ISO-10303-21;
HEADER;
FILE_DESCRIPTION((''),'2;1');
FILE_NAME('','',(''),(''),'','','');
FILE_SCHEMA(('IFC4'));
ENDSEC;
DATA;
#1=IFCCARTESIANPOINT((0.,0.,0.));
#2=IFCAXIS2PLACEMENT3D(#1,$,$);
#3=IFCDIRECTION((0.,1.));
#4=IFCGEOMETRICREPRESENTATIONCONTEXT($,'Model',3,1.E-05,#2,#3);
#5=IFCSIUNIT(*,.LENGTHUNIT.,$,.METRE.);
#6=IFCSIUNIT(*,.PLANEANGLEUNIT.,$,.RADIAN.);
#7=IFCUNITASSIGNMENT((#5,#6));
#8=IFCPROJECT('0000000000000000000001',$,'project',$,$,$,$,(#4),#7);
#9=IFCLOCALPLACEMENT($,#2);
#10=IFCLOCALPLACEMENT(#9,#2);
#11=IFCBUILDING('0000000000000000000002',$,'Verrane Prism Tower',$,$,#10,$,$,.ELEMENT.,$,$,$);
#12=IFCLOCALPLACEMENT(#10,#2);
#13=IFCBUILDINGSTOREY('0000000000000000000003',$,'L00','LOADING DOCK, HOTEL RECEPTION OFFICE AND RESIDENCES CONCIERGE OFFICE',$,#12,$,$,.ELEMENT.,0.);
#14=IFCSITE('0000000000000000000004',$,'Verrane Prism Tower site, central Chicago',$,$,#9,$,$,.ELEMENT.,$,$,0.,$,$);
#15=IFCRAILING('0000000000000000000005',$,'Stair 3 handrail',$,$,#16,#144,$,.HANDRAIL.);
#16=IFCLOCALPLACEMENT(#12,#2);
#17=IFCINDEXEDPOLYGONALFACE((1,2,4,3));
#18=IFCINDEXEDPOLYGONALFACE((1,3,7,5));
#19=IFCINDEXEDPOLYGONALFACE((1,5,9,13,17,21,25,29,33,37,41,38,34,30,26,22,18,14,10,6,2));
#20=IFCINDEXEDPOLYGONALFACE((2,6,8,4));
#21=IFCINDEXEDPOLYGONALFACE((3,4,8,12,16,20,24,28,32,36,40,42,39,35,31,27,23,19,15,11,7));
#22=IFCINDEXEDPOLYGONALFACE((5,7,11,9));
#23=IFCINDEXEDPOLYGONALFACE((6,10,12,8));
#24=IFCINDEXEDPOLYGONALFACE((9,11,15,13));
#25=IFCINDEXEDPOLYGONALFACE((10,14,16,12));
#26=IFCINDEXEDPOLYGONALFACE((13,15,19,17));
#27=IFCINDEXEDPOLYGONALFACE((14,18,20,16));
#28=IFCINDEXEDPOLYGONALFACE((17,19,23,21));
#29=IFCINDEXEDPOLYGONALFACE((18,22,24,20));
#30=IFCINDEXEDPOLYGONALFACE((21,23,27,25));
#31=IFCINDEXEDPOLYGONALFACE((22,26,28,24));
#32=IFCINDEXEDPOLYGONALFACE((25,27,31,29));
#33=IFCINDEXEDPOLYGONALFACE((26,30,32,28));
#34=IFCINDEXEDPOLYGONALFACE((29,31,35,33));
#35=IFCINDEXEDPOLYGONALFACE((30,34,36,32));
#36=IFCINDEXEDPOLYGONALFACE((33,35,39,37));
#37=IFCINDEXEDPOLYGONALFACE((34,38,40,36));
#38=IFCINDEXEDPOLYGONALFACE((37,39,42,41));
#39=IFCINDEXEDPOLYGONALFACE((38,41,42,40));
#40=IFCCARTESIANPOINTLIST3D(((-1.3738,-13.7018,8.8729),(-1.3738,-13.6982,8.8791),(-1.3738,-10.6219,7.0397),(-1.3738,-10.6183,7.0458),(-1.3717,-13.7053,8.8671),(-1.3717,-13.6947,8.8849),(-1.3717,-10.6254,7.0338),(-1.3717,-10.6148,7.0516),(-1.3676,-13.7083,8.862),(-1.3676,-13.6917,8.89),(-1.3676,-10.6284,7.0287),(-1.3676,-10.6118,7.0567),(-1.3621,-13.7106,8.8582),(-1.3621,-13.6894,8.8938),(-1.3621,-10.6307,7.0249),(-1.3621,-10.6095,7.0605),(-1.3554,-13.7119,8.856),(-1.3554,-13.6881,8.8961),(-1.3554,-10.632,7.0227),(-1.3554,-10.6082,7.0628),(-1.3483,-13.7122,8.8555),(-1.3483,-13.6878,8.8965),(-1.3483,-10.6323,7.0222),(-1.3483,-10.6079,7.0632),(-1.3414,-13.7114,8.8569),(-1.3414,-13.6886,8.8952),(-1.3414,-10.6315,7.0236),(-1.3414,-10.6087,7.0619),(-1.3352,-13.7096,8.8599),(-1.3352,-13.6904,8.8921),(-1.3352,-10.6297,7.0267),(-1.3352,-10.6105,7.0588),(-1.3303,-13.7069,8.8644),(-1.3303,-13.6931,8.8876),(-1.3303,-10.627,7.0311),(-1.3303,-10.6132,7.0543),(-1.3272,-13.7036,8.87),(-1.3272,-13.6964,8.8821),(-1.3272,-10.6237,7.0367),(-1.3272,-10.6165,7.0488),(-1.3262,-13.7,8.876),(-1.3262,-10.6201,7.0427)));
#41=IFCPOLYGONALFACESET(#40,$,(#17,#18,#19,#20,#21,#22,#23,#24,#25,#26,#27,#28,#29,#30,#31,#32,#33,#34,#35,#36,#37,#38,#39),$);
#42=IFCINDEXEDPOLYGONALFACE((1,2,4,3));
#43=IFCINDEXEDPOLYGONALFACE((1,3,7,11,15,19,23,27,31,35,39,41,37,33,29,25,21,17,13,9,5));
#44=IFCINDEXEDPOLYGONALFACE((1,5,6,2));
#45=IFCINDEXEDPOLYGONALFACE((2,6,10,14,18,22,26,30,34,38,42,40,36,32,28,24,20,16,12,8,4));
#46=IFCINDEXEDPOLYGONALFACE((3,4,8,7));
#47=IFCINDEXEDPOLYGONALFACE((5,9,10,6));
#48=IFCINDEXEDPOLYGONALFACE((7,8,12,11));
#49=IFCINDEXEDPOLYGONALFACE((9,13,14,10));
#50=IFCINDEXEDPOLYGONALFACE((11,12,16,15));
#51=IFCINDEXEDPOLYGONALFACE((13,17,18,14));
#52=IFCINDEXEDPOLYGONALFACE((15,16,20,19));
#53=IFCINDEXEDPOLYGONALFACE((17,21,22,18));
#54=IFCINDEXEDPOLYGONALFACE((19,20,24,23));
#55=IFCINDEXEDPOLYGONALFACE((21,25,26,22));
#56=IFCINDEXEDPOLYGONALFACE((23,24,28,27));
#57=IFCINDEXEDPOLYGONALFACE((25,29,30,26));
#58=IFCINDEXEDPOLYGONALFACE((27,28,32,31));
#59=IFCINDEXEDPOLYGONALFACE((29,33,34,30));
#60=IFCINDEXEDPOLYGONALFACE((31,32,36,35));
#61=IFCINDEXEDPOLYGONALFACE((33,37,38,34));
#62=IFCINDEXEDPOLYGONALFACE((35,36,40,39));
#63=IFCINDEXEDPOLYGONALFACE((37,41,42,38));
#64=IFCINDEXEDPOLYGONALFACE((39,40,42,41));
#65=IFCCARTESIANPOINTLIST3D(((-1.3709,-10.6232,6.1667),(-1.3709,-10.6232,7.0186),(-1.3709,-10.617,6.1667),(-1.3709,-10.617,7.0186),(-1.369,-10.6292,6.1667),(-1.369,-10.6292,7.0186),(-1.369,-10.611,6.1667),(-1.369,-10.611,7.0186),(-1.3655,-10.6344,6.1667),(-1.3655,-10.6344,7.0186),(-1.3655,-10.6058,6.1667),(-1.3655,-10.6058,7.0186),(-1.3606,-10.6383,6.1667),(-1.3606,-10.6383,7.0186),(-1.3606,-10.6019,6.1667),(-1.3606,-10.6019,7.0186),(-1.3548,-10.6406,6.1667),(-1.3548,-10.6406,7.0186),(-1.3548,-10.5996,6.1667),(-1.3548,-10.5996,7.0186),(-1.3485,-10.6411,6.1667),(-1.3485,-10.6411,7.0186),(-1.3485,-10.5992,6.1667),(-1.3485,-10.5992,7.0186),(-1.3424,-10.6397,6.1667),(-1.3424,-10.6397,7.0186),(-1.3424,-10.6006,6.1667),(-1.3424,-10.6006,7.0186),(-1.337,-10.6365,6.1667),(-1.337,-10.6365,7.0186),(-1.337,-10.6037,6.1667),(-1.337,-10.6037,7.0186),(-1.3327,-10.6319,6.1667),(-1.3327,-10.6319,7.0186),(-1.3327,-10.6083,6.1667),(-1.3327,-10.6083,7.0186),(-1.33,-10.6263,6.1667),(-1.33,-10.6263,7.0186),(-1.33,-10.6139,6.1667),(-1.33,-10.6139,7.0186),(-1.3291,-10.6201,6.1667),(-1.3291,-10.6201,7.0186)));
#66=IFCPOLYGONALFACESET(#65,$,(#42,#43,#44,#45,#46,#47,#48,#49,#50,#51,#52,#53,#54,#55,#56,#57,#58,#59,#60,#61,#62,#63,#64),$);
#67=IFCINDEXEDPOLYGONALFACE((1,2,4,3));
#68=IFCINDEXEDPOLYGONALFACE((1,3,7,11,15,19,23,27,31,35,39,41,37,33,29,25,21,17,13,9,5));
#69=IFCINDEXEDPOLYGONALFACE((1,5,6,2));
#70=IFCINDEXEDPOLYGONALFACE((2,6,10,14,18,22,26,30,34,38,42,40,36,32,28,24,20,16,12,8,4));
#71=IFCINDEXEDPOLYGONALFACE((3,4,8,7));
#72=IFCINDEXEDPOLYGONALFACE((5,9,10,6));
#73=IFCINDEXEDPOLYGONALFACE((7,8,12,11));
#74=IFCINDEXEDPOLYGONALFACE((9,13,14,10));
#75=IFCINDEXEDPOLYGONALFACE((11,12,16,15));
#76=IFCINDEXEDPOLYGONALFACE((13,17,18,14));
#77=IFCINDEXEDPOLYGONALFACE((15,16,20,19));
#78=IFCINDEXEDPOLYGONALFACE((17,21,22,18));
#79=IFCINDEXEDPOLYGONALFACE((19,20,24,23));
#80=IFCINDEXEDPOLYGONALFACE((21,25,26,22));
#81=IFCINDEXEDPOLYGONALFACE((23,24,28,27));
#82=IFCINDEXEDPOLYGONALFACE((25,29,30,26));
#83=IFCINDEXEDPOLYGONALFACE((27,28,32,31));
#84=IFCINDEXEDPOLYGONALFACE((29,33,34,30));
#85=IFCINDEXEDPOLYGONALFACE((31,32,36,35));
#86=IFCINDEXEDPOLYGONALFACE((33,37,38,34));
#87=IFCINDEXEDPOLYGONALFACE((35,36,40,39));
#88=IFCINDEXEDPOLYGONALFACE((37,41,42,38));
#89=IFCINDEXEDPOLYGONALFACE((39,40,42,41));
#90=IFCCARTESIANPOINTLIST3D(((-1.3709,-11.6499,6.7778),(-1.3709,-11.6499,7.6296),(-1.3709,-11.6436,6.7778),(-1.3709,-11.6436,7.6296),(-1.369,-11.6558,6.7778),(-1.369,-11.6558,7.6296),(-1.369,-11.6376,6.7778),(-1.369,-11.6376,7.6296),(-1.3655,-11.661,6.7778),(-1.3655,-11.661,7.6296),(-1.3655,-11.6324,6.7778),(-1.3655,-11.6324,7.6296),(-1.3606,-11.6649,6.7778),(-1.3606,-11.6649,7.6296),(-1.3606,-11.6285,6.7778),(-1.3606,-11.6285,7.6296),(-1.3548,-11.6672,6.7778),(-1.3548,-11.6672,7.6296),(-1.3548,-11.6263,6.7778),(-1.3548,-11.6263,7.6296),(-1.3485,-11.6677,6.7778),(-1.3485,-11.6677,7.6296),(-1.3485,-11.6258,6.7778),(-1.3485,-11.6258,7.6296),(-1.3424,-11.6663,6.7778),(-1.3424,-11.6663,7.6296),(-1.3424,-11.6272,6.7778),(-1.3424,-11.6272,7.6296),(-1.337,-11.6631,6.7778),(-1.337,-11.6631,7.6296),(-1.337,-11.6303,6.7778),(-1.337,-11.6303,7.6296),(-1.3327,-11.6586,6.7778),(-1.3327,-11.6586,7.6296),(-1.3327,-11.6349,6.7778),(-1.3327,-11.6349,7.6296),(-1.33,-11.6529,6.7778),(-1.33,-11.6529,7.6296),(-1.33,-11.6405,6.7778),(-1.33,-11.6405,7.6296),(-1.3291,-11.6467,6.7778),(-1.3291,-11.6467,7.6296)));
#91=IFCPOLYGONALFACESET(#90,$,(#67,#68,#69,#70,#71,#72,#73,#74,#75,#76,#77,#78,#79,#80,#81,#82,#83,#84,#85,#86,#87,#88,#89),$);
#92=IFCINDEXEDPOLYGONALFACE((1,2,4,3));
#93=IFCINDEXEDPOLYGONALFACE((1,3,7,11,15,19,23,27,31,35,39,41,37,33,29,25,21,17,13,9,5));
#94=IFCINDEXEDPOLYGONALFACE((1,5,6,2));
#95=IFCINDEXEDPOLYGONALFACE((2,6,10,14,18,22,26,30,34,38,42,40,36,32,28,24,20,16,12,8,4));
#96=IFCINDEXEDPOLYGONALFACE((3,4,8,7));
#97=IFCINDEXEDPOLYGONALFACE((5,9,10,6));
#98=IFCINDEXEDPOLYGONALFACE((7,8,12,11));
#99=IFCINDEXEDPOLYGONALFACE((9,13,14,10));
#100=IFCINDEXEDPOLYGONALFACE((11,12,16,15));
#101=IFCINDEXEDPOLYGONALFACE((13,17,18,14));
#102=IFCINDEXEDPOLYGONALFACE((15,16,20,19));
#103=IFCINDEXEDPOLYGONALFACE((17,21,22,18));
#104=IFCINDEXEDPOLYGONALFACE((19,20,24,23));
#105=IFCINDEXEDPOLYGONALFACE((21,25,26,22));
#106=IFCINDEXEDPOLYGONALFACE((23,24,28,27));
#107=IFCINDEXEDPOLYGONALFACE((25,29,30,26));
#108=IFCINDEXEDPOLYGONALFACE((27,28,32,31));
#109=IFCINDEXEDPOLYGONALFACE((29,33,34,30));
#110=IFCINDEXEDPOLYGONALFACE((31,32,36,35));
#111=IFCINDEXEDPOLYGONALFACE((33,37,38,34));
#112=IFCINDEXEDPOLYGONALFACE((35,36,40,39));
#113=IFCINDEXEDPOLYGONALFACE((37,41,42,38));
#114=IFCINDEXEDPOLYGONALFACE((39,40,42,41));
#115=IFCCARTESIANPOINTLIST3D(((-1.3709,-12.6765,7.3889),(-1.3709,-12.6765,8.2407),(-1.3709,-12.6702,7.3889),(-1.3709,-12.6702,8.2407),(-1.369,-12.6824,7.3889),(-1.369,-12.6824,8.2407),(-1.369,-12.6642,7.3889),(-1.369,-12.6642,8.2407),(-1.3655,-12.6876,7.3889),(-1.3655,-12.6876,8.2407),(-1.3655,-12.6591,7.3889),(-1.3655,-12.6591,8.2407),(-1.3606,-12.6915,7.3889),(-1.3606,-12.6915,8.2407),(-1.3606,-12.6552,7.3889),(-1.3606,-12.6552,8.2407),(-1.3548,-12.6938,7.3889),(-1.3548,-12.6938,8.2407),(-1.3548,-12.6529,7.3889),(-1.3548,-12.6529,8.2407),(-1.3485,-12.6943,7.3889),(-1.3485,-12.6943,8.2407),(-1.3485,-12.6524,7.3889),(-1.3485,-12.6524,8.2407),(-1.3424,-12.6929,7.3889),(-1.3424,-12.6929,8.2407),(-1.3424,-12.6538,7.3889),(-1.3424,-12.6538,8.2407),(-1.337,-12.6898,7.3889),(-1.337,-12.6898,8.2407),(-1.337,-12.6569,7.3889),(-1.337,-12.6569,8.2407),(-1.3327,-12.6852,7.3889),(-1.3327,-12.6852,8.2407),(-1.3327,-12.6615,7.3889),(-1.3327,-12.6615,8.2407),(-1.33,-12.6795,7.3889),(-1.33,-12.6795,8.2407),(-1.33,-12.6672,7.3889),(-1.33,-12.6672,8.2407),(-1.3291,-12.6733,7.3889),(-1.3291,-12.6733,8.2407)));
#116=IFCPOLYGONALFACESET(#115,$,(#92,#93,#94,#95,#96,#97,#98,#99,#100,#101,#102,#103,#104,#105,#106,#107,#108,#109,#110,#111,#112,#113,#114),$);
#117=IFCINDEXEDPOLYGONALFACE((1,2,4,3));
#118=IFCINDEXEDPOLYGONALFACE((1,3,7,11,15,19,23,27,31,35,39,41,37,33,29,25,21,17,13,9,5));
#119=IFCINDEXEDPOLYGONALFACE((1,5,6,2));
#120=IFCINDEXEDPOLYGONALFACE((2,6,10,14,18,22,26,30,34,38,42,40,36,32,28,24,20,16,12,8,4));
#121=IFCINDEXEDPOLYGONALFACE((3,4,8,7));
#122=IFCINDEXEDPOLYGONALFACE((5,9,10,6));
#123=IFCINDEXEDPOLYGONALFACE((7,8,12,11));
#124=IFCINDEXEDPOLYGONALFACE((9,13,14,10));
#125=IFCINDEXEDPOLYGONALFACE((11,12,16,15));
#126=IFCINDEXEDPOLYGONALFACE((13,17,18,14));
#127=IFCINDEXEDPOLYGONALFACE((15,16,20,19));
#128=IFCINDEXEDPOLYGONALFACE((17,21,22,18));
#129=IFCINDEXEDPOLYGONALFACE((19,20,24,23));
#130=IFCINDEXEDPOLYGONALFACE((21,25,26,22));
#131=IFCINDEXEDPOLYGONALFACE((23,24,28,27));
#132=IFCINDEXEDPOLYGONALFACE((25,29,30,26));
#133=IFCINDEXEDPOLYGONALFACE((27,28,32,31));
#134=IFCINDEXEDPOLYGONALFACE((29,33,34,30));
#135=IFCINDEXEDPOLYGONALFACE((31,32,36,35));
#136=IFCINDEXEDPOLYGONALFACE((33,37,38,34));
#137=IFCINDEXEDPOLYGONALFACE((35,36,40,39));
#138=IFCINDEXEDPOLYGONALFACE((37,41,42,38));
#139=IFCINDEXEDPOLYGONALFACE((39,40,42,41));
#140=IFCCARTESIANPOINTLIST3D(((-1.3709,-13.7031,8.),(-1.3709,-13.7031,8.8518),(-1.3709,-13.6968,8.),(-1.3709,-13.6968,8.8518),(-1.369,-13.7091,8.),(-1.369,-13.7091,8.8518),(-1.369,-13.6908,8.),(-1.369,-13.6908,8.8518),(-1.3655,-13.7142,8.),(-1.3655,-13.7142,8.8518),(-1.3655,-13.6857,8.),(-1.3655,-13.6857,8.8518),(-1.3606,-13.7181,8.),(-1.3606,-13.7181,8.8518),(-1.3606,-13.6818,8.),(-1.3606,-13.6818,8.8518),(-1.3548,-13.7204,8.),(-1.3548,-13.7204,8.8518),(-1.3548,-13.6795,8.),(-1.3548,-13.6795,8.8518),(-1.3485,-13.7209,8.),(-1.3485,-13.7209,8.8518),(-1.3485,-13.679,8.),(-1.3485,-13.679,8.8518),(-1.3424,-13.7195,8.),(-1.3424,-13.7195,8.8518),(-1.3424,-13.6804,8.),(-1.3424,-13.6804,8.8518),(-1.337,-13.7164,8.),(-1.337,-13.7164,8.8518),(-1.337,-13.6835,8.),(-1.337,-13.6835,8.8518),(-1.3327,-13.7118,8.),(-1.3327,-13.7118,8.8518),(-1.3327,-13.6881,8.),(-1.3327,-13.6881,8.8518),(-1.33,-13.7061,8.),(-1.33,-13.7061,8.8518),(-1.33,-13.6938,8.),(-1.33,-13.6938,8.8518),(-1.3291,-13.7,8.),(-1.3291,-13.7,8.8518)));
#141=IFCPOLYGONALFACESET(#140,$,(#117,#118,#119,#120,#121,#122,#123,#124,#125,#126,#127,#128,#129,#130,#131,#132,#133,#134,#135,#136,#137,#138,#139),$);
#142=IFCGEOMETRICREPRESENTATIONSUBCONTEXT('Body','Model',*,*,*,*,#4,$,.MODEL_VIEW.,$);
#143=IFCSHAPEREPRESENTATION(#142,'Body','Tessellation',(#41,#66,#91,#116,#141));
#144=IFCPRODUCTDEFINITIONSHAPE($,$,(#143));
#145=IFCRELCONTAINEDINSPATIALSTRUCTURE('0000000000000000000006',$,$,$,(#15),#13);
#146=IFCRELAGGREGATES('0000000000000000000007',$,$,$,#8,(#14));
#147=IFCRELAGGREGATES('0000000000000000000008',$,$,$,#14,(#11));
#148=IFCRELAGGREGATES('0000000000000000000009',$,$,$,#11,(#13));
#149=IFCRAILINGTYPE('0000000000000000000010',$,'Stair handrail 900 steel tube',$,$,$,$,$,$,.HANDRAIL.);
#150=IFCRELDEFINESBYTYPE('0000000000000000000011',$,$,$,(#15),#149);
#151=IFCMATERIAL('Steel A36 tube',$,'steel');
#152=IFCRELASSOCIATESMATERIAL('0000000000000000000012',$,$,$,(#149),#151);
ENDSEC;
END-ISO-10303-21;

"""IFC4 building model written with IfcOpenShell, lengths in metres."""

from ifc_helpers import new_model, si_unit, direction, frame, origin, origin_2d, place, context, subcontext, project, spatial, circle, extrude, material, type_object, element, save


model = new_model("IFC4")

# Units and contexts
model_context = context("Model", 3, precision=1e-05, world=origin(), true_north=direction((0.0, 1.0)))
body_context = subcontext(model_context, "Body", "Model", "MODEL_VIEW")
ifc_project = project(units=[si_unit("LENGTHUNIT", "METRE"), si_unit("PLANEANGLEUNIT", "RADIAN")], contexts=[model_context])

# Site, building, storey
site_placement = place(None, origin())
site = spatial("IfcSite", under=ifc_project, at=site_placement, Name="Verrane Prism Tower site, central Chicago", CompositionType="ELEMENT", RefElevation=0.0)
building_placement = place(site_placement, origin())
building = spatial("IfcBuilding", under=site, at=building_placement, Name="Verrane Prism Tower", CompositionType="ELEMENT")
storey_placement = place(building_placement, origin())
storey = spatial("IfcBuildingStorey", under=building, at=storey_placement, Name="L00", Description="LOADING DOCK, HOTEL RECEPTION OFFICE AND RESIDENCES CONCIERGE OFFICE", CompositionType="ELEMENT", Elevation=0.0)

# Railing
ifc_material_1 = material(Name="Steel A36 tube", Category="steel")
railing_type = type_object("IfcRailingType", Name="Stair handrail 900 steel tube", PredefinedType="HANDRAIL", material=ifc_material_1)
for number, where, name in (
    (1, (-1.3501, -10.6201, 6.1667), "Stair 3 handrail"),
):
    element("IfcRailing", number, at=place(storey_placement, frame(where)), inside=storey, type_object=railing_type, Name=name, PredefinedType="HANDRAIL", context=body_context, shape_type="SweptSolid", body=[
        extrude(circle(Radius=0.0239, at=origin_2d()), frame((0.0, 0.0, 0.876), z_axis=(0.0, -0.859291, 0.511487), x_axis=(1.0, 0.0, 0.0)), (0.0, 0.0, 1.0), 3.5842),
        extrude(circle(Radius=0.021, at=origin_2d()), origin(), (0.0, 0.0, 1.0), 0.8518),
        extrude(circle(Radius=0.021, at=origin_2d()), frame((0.0, -1.0266, 0.6111)), (0.0, 0.0, 1.0), 0.8518),
        extrude(circle(Radius=0.021, at=origin_2d()), frame((0.0, -2.0532, 1.2222)), (0.0, 0.0, 1.0), 0.8518),
        extrude(circle(Radius=0.021, at=origin_2d()), frame((0.0, -3.0798, 1.8333)), (0.0, 0.0, 1.0), 0.8518),
    ])

save(model, "model.ifc")
